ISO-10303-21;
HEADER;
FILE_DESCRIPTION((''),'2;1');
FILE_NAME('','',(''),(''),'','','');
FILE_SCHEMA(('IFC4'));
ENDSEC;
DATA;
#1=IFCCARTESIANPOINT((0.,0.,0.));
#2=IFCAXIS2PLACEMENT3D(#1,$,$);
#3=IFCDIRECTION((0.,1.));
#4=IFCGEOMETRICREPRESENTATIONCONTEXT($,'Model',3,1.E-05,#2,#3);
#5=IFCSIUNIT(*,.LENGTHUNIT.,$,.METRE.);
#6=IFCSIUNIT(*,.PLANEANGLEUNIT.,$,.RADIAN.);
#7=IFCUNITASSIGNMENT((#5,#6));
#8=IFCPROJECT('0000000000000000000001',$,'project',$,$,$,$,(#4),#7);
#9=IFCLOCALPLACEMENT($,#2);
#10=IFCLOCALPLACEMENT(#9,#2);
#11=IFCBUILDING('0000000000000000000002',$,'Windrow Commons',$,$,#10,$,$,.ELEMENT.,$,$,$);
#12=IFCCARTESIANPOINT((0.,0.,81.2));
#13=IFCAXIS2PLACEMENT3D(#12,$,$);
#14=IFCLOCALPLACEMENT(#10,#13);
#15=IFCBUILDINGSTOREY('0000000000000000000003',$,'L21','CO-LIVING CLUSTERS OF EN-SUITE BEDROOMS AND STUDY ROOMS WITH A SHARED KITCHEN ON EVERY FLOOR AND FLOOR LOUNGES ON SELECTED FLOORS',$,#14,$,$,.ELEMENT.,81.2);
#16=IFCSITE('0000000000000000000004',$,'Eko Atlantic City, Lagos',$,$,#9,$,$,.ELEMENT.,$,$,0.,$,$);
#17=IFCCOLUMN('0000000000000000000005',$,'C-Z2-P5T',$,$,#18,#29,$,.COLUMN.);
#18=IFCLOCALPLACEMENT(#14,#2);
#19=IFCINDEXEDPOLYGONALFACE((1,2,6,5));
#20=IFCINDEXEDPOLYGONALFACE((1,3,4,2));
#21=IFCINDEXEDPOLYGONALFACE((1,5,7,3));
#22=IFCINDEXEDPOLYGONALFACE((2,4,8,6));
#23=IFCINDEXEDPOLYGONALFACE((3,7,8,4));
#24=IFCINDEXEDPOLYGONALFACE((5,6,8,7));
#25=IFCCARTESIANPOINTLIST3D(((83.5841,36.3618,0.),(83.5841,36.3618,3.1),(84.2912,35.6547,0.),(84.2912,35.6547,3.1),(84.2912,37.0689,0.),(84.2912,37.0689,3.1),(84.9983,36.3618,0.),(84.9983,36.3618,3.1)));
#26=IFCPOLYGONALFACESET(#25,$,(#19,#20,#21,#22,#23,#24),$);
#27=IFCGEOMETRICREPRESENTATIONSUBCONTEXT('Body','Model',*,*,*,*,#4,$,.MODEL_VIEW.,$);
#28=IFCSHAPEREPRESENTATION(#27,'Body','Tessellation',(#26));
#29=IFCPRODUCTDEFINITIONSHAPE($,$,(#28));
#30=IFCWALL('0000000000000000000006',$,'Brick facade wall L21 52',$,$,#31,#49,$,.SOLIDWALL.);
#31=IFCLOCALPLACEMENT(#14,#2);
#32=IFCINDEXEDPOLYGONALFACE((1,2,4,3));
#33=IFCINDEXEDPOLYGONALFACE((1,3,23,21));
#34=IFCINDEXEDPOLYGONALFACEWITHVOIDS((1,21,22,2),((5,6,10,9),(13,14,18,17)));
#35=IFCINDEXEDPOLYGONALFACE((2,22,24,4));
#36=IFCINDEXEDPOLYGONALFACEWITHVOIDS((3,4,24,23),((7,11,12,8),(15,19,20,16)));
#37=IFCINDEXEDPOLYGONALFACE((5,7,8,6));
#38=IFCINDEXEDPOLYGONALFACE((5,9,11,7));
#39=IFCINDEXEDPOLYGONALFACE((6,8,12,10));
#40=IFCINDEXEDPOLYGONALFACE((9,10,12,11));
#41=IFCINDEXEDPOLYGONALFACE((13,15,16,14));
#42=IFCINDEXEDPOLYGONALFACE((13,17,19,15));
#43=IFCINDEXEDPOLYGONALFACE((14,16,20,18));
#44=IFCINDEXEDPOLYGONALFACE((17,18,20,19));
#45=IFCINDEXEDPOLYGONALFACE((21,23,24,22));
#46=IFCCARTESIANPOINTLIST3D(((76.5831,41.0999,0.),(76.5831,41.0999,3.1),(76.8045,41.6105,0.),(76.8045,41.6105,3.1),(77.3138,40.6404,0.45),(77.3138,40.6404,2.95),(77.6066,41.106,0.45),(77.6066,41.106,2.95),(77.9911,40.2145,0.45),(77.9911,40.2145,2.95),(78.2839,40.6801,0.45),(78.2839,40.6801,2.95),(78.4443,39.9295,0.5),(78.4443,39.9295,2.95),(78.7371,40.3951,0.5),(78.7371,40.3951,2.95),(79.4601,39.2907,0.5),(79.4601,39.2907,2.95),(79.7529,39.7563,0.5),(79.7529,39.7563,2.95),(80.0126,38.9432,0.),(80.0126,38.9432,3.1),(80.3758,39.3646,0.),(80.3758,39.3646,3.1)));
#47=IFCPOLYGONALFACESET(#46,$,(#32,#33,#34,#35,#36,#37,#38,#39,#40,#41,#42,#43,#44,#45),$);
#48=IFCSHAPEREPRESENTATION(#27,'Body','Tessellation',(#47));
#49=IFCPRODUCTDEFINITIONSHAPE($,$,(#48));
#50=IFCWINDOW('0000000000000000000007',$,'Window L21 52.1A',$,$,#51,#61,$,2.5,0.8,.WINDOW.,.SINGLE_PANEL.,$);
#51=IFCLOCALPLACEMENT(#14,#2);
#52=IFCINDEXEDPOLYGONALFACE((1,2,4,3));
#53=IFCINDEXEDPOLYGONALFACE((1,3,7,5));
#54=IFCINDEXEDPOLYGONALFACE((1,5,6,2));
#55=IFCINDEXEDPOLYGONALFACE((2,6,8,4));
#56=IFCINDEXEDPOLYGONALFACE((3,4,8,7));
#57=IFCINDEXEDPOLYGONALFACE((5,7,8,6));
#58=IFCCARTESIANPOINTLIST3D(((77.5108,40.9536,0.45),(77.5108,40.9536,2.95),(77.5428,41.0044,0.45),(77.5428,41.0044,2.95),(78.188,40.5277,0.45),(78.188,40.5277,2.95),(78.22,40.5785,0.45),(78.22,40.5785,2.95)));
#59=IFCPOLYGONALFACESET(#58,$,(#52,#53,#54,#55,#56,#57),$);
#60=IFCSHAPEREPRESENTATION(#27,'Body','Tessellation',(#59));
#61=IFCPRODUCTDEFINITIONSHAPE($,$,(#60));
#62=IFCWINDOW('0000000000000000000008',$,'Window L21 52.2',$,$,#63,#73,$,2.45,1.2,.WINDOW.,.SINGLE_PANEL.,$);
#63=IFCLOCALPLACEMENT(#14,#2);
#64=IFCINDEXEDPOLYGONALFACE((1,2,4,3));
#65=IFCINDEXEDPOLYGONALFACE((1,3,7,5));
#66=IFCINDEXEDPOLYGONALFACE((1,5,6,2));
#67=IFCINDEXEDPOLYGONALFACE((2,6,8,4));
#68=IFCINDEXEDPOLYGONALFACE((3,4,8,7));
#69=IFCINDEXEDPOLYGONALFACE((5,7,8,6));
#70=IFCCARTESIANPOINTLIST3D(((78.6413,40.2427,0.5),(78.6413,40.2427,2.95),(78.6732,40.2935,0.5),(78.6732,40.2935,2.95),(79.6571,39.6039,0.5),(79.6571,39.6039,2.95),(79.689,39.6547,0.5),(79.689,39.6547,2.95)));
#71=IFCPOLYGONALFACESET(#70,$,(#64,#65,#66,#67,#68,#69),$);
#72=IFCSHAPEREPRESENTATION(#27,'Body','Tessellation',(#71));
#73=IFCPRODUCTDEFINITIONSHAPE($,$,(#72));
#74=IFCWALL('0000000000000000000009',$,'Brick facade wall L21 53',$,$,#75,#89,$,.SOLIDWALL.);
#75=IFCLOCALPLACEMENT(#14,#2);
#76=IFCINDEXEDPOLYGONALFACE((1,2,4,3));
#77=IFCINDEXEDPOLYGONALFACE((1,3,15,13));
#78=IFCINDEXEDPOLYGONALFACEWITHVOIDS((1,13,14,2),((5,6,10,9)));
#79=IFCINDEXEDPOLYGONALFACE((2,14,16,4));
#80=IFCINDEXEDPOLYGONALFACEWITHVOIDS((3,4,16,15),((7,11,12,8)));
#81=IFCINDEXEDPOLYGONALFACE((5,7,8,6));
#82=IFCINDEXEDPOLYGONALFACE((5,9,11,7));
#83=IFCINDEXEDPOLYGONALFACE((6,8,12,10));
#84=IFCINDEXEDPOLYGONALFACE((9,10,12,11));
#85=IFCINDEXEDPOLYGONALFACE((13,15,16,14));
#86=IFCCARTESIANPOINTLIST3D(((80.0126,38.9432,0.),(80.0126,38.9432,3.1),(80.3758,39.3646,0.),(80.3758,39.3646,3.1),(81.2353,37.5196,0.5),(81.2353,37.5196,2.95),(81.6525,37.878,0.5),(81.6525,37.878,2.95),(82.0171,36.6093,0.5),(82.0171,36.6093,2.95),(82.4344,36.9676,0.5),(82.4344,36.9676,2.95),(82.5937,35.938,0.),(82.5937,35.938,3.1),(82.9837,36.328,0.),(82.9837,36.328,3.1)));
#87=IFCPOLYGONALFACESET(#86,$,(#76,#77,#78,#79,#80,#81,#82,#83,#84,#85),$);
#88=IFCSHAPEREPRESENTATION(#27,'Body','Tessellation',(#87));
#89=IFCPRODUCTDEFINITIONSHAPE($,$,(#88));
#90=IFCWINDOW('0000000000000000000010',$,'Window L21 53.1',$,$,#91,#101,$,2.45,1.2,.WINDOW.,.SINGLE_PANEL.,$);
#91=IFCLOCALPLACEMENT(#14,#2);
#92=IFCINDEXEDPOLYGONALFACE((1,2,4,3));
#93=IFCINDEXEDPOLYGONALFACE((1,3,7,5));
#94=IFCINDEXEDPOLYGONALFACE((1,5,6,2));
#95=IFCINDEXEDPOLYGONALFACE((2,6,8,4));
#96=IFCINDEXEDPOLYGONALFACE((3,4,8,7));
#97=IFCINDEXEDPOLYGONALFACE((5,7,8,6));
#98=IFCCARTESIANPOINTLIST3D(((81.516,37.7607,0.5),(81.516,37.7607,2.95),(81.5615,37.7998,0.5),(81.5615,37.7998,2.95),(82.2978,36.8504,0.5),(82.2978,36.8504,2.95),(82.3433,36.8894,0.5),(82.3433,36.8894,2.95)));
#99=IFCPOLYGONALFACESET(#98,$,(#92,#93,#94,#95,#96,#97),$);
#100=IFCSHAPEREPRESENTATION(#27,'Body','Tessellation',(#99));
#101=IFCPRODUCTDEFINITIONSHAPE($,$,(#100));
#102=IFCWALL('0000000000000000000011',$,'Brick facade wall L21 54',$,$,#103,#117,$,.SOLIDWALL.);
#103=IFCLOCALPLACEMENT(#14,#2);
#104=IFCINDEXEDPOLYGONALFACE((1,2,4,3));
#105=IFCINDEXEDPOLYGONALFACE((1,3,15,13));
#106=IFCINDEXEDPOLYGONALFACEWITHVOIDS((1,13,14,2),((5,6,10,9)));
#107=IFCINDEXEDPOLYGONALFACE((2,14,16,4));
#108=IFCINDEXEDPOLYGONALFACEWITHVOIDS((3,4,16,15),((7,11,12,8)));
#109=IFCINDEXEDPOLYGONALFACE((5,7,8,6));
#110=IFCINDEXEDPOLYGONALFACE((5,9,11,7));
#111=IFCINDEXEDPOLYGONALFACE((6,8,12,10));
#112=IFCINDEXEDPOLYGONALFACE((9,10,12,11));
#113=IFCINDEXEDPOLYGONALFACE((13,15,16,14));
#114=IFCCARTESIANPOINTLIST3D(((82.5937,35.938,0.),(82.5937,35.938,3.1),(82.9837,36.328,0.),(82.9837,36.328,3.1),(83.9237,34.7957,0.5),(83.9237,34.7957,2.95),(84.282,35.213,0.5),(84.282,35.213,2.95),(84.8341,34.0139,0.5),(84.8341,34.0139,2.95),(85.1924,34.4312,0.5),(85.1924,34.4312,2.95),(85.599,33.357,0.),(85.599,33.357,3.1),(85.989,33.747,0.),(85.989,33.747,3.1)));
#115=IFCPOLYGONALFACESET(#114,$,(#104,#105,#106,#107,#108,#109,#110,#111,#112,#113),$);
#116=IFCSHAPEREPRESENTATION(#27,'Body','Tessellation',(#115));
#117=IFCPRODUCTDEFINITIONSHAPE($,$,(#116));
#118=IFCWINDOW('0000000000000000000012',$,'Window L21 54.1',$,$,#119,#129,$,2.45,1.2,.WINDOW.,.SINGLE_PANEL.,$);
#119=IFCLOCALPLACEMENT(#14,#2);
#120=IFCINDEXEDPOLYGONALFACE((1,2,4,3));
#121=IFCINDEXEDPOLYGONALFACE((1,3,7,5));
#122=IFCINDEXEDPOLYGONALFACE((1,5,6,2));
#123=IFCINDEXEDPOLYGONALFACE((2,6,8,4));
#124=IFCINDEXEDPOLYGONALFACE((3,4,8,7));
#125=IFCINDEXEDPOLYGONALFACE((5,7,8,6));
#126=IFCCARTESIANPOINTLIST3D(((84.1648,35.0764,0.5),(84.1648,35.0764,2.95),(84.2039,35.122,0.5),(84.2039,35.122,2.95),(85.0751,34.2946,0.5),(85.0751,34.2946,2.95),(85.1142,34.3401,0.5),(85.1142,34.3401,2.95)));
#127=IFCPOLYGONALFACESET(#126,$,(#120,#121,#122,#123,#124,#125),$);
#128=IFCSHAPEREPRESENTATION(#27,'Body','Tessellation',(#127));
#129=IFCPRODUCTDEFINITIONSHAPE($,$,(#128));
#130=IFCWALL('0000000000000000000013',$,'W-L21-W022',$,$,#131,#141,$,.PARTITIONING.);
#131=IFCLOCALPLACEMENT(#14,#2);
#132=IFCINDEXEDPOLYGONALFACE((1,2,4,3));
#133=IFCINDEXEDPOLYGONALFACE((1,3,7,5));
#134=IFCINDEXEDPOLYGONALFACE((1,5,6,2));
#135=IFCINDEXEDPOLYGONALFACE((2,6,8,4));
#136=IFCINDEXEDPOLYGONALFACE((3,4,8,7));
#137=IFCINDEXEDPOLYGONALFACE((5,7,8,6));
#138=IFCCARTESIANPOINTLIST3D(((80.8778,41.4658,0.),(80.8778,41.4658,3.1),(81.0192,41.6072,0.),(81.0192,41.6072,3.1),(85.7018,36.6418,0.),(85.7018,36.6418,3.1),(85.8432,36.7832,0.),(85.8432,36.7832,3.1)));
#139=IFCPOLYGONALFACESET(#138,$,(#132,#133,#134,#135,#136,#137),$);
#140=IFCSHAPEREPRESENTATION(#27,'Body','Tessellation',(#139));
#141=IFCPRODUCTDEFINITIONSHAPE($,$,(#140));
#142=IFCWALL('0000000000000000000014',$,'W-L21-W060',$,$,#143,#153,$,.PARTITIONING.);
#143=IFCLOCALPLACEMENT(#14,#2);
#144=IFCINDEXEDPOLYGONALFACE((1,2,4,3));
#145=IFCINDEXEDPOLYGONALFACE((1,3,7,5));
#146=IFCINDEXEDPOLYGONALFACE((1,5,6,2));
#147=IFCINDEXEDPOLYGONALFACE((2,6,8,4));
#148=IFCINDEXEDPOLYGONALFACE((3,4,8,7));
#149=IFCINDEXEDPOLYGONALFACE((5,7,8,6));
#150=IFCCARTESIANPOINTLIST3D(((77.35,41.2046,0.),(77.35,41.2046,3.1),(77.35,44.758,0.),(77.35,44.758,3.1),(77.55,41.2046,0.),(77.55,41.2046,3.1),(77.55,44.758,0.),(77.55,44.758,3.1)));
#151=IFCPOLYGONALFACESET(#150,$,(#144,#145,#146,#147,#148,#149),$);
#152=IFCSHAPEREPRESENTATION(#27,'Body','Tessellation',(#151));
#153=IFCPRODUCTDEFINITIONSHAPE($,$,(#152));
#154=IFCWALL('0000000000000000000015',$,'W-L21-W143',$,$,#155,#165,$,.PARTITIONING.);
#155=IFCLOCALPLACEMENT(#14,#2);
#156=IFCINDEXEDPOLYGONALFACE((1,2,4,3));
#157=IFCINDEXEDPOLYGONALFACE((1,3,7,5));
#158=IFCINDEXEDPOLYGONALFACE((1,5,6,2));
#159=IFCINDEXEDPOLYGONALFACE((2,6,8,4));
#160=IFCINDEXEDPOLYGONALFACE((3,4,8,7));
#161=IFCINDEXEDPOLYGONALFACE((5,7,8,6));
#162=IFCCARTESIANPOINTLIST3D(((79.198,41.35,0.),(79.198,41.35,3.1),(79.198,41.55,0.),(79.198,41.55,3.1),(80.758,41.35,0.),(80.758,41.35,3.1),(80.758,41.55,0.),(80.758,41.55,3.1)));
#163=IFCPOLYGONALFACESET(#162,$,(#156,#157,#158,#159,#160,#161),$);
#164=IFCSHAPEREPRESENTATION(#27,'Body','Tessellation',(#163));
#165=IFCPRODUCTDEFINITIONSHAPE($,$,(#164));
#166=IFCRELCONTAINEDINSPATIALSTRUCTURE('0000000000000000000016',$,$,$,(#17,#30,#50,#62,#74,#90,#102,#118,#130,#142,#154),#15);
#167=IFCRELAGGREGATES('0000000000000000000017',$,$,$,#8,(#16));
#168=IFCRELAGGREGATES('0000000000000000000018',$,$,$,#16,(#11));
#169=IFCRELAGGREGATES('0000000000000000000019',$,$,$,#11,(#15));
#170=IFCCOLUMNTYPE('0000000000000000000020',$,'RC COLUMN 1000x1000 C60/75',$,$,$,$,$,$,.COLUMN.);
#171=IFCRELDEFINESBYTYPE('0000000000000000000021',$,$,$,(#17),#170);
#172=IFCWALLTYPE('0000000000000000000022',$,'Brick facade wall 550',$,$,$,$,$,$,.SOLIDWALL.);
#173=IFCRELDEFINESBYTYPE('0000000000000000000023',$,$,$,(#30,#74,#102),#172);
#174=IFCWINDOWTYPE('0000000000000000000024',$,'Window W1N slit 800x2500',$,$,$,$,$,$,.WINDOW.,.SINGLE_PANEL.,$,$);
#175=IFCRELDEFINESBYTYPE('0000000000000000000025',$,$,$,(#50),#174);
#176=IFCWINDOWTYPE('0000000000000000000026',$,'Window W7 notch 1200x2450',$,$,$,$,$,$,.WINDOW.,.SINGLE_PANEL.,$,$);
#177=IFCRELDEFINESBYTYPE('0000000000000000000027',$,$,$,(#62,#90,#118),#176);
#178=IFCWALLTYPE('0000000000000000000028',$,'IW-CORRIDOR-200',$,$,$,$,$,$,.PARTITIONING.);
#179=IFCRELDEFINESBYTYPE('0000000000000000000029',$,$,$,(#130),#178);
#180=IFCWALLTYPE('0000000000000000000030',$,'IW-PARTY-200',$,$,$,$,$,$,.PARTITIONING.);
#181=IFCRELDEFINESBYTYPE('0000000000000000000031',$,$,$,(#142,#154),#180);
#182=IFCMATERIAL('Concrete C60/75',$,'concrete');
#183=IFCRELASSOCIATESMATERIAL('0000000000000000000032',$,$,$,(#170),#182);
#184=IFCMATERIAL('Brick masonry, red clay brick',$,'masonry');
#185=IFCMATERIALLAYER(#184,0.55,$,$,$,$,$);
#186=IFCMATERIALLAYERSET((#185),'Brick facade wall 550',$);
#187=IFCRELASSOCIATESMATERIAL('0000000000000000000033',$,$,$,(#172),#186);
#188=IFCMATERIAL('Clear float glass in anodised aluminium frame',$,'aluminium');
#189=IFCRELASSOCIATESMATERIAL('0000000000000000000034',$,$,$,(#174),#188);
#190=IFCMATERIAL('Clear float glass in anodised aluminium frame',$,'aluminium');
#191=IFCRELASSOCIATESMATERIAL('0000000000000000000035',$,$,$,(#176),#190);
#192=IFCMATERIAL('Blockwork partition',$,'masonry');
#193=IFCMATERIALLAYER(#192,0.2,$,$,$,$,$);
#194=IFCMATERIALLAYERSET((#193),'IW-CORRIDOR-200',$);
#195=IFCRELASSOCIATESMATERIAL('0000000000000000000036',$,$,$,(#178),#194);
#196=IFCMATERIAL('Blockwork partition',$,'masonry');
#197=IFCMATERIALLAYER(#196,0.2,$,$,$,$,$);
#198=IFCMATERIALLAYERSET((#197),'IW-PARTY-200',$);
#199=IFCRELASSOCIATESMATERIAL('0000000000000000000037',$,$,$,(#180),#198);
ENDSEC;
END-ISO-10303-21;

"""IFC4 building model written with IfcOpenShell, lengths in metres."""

from ifc_helpers import new_model, si_unit, direction, frame, frame_2d, origin, origin_2d, place, context, subcontext, project, spatial, polyline, rectangle, outline, extrude, material, layer, layer_set, material_profile, profile_set, type_object, element, fill, save


model = new_model("IFC4")

# Units and contexts
model_context = context("Model", 3, precision=1e-05, world=origin(), true_north=direction((0.0, 1.0)))
body_context = subcontext(model_context, "Body", "Model", "MODEL_VIEW")
ifc_project = project(units=[si_unit("LENGTHUNIT", "METRE"), si_unit("PLANEANGLEUNIT", "RADIAN")], contexts=[model_context])

# Site, building, storey
site_placement = place(None, origin())
site = spatial("IfcSite", under=ifc_project, at=site_placement, Name="Eko Atlantic City, Lagos", CompositionType="ELEMENT", RefElevation=0.0)
building_placement = place(site_placement, origin())
building = spatial("IfcBuilding", under=site, at=building_placement, Name="Windrow Commons", CompositionType="ELEMENT")
storey_placement = place(building_placement, frame((0.0, 0.0, 81.2)))
storey = spatial("IfcBuildingStorey", under=building, at=storey_placement, Name="L21", Description="CO-LIVING CLUSTERS OF EN-SUITE BEDROOMS AND STUDY ROOMS WITH A SHARED KITCHEN ON EVERY FLOOR AND FLOOR LOUNGES ON SELECTED FLOORS", CompositionType="ELEMENT", Elevation=81.2)

# Column
ifc_material_1 = material(Name="Concrete C60/75", Category="concrete")
ifc_material_profile = material_profile(ifc_material_1, rectangle(XDim=1.0, YDim=1.0, at=origin_2d()))
ifc_profile_set = profile_set([ifc_material_profile], Name="Concrete C60/75")
column_type = type_object("IfcColumnType", Name="RC COLUMN 1000x1000 C60/75", PredefinedType="COLUMN", material=ifc_profile_set)
column_placement = place(storey_placement, frame((84.2912, 36.3618, 0.0), z_axis=(0.0, 0.0, 1.0), x_axis=(0.707107, -0.707107, 0.0)))
element("IfcColumn", 1, at=column_placement, inside=storey, type_object=column_type, Name="C-Z2-P5T", PredefinedType="COLUMN", context=body_context, shape_type="SweptSolid", body=[
    extrude(rectangle(XDim=1.0, YDim=1.0, at=origin_2d()), origin(), (0.0, 0.0, 1.0), 3.1),
])

# Wall, openings, windows
ifc_material_2 = material(Name="Brick masonry, red clay brick", Category="masonry")
ifc_layer_1 = layer(ifc_material_2, 0.55)
ifc_layer_set_1 = layer_set([ifc_layer_1], Name="Brick facade wall 550")
wall_type_1 = type_object("IfcWallType", Name="Brick facade wall 550", PredefinedType="SOLIDWALL", material=ifc_layer_set_1)
wall_1_placement = place(storey_placement, frame((76.6938, 41.3552, 0.0), z_axis=(0.0, 0.0, 1.0), x_axis=(0.846522, -0.532353, 0.0)))
wall_1 = element("IfcWall", 2, at=wall_1_placement, inside=storey, type_object=wall_type_1, Name="Brick facade wall L21 52", PredefinedType="SOLIDWALL", context=body_context, shape_type="SweptSolid", body=[
    extrude(outline(polyline([(0.0422, -0.275), (4.0935, -0.275), (4.1766, 0.275), (-0.0422, 0.275), (0.0422, -0.275)])), origin(), (0.0, 0.0, 1.0), 3.1),
])
opening_1_placement = place(wall_1_placement, frame((2.2408, 0.0, 0.5)))
opening_1 = element("IfcOpeningElement", 3, at=opening_1_placement, cuts=wall_1, PredefinedType="OPENING", context=body_context, shape_type="SweptSolid", body=[
    extrude(rectangle(XDim=1.2, YDim=2.45, at=frame_2d((0.6, 1.225))), frame((0.0, 0.285, 0.0), z_axis=(0.0, -1.0, 0.0), x_axis=(1.0, 0.0, 0.0)), (0.0, 0.0, 1.0), 0.57),
])
opening_2_placement = place(wall_1_placement, frame((0.9054, 0.0, 0.45)))
opening_2 = element("IfcOpeningElement", 4, at=opening_2_placement, cuts=wall_1, PredefinedType="OPENING", context=body_context, shape_type="SweptSolid", body=[
    extrude(rectangle(XDim=0.8, YDim=2.5, at=frame_2d((0.4, 1.25))), frame((0.0, 0.285, 0.0), z_axis=(0.0, -1.0, 0.0), x_axis=(1.0, 0.0, 0.0)), (0.0, 0.0, 1.0), 0.57),
])
ifc_material_3 = material(Name="Clear float glass in anodised aluminium frame", Category="aluminium")
window_type_1 = type_object("IfcWindowType", Name="Window W1N slit 800x2500", PartitioningType="SINGLE_PANEL", PredefinedType="WINDOW", material=ifc_material_3)
window_1_placement = place(opening_2_placement, origin())
window_1 = element("IfcWindow", 5, at=window_1_placement, inside=storey, type_object=window_type_1, Name="Window L21 52.1A", OverallHeight=2.5, OverallWidth=0.8, PartitioningType="SINGLE_PANEL", PredefinedType="WINDOW", context=body_context, shape_type="SweptSolid", body=[
    extrude(rectangle(XDim=0.8, YDim=2.5, at=frame_2d((0.4, 1.25))), frame((0.0, 0.155, 0.0), z_axis=(0.0, -1.0, 0.0), x_axis=(1.0, 0.0, 0.0)), (0.0, 0.0, 1.0), 0.06),
])
fill(opening_2, window_1)
ifc_material_4 = material(Name="Clear float glass in anodised aluminium frame", Category="aluminium")
window_type_2 = type_object("IfcWindowType", Name="Window W7 notch 1200x2450", PartitioningType="SINGLE_PANEL", PredefinedType="WINDOW", material=ifc_material_4)
window_2_placement = place(opening_1_placement, origin())
window_2 = element("IfcWindow", 6, at=window_2_placement, inside=storey, type_object=window_type_2, Name="Window L21 52.2", OverallHeight=2.45, OverallWidth=1.2, PartitioningType="SINGLE_PANEL", PredefinedType="WINDOW", context=body_context, shape_type="SweptSolid", body=[
    extrude(rectangle(XDim=1.2, YDim=2.45, at=frame_2d((0.6, 1.225))), frame((0.0, 0.155, 0.0), z_axis=(0.0, -1.0, 0.0), x_axis=(1.0, 0.0, 0.0)), (0.0, 0.0, 1.0), 0.06),
])
fill(opening_1, window_2)

# Walls, openings, windows
wall_2_placement = place(storey_placement, frame((80.1942, 39.1539, 0.0), z_axis=(0.0, 0.0, 1.0), x_axis=(0.651538, -0.758616, 0.0)))
wall_2 = element("IfcWall", 7, at=wall_2_placement, inside=storey, type_object=wall_type_1, Name="Brick facade wall L21 53", PredefinedType="SOLIDWALL", context=body_context, shape_type="SweptSolid", body=[
    extrude(outline(polyline([(0.0415, -0.275), (4.003, -0.275), (3.9612, 0.275), (-0.0415, 0.275), (0.0415, -0.275)])), origin(), (0.0, 0.0, 1.0), 3.1),
])
opening_3_placement = place(wall_2_placement, frame((1.9181, 0.0, 0.5)))
opening_3 = element("IfcOpeningElement", 8, at=opening_3_placement, cuts=wall_2, PredefinedType="OPENING", context=body_context, shape_type="SweptSolid", body=[
    extrude(rectangle(XDim=1.2, YDim=2.45, at=frame_2d((0.6, 1.225))), frame((0.0, 0.285, 0.0), z_axis=(0.0, -1.0, 0.0), x_axis=(1.0, 0.0, 0.0)), (0.0, 0.0, 1.0), 0.57),
])
window_3_placement = place(opening_3_placement, origin())
window_3 = element("IfcWindow", 9, at=window_3_placement, inside=storey, type_object=window_type_2, Name="Window L21 53.1", OverallHeight=2.45, OverallWidth=1.2, PartitioningType="SINGLE_PANEL", PredefinedType="WINDOW", context=body_context, shape_type="SweptSolid", body=[
    extrude(rectangle(XDim=1.2, YDim=2.45, at=frame_2d((0.6, 1.225))), frame((0.0, 0.155, 0.0), z_axis=(0.0, -1.0, 0.0), x_axis=(1.0, 0.0, 0.0)), (0.0, 0.0, 1.0), 0.06),
])
fill(opening_3, window_3)
wall_3_placement = place(storey_placement, frame((82.7887, 36.133, 0.0), z_axis=(0.0, 0.0, 1.0), x_axis=(0.758629, -0.651523, 0.0)))
wall_3 = element("IfcWall", 10, at=wall_3_placement, inside=storey, type_object=wall_type_1, Name="Brick facade wall L21 54", PredefinedType="SOLIDWALL", context=body_context, shape_type="SweptSolid", body=[
    extrude(outline(polyline([(-0.0209, -0.275), (3.9406, -0.275), (3.9824, 0.275), (0.0209, 0.275), (-0.0209, -0.275)])), origin(), (0.0, 0.0, 1.0), 3.1),
])
opening_4_placement = place(wall_3_placement, frame((1.7323, 0.0, 0.5)))
opening_4 = element("IfcOpeningElement", 11, at=opening_4_placement, cuts=wall_3, PredefinedType="OPENING", context=body_context, shape_type="SweptSolid", body=[
    extrude(rectangle(XDim=1.2, YDim=2.45, at=frame_2d((0.6, 1.225))), frame((0.0, 0.285, 0.0), z_axis=(0.0, -1.0, 0.0), x_axis=(1.0, 0.0, 0.0)), (0.0, 0.0, 1.0), 0.57),
])
window_4_placement = place(opening_4_placement, origin())
window_4 = element("IfcWindow", 12, at=window_4_placement, inside=storey, type_object=window_type_2, Name="Window L21 54.1", OverallHeight=2.45, OverallWidth=1.2, PartitioningType="SINGLE_PANEL", PredefinedType="WINDOW", context=body_context, shape_type="SweptSolid", body=[
    extrude(rectangle(XDim=1.2, YDim=2.45, at=frame_2d((0.6, 1.225))), frame((0.0, 0.155, 0.0), z_axis=(0.0, -1.0, 0.0), x_axis=(1.0, 0.0, 0.0)), (0.0, 0.0, 1.0), 0.06),
])
fill(opening_4, window_4)

# Walls
ifc_material_5 = material(Name="Blockwork partition", Category="masonry")
ifc_layer_2 = layer(ifc_material_5, 0.2)
ifc_layer_set_2 = layer_set([ifc_layer_2], Name="IW-CORRIDOR-200")
wall_type_2 = type_object("IfcWallType", Name="IW-CORRIDOR-200", PredefinedType="PARTITIONING", material=ifc_layer_set_2)
wall_4_placement = place(storey_placement, frame((80.9485, 41.5365, 0.0), z_axis=(0.0, 0.0, 1.0), x_axis=(0.707107, -0.707107, 0.0)))
element("IfcWall", 13, at=wall_4_placement, inside=storey, type_object=wall_type_2, Name="W-L21-W022", PredefinedType="PARTITIONING", context=body_context, shape_type="SweptSolid", body=[
    extrude(rectangle(XDim=6.8222, YDim=0.2, at=frame_2d((3.4111, 0.0))), origin(), (0.0, 0.0, 1.0), 3.1),
])
ifc_material_6 = material(Name="Blockwork partition", Category="masonry")
ifc_layer_3 = layer(ifc_material_6, 0.2)
ifc_layer_set_3 = layer_set([ifc_layer_3], Name="IW-PARTY-200")
wall_type_3 = type_object("IfcWallType", Name="IW-PARTY-200", PredefinedType="PARTITIONING", material=ifc_layer_set_3)
wall_5_placement = place(storey_placement, frame((77.45, 41.2046, 0.0), z_axis=(0.0, 0.0, 1.0), x_axis=(0.0, 1.0, 0.0)))
element("IfcWall", 14, at=wall_5_placement, inside=storey, type_object=wall_type_3, Name="W-L21-W060", PredefinedType="PARTITIONING", context=body_context, shape_type="SweptSolid", body=[
    extrude(rectangle(XDim=3.5534, YDim=0.2, at=frame_2d((1.7767, 0.0))), origin(), (0.0, 0.0, 1.0), 3.1),
])
wall_6_placement = place(storey_placement, frame((79.198, 41.45, 0.0), z_axis=(0.0, 0.0, 1.0), x_axis=(1.0, 0.0, 0.0)))
element("IfcWall", 15, at=wall_6_placement, inside=storey, type_object=wall_type_3, Name="W-L21-W143", PredefinedType="PARTITIONING", context=body_context, shape_type="SweptSolid", body=[
    extrude(rectangle(XDim=1.56, YDim=0.2, at=frame_2d((0.78, 0.0))), origin(), (0.0, 0.0, 1.0), 3.1),
])

save(model, "model.ifc")
